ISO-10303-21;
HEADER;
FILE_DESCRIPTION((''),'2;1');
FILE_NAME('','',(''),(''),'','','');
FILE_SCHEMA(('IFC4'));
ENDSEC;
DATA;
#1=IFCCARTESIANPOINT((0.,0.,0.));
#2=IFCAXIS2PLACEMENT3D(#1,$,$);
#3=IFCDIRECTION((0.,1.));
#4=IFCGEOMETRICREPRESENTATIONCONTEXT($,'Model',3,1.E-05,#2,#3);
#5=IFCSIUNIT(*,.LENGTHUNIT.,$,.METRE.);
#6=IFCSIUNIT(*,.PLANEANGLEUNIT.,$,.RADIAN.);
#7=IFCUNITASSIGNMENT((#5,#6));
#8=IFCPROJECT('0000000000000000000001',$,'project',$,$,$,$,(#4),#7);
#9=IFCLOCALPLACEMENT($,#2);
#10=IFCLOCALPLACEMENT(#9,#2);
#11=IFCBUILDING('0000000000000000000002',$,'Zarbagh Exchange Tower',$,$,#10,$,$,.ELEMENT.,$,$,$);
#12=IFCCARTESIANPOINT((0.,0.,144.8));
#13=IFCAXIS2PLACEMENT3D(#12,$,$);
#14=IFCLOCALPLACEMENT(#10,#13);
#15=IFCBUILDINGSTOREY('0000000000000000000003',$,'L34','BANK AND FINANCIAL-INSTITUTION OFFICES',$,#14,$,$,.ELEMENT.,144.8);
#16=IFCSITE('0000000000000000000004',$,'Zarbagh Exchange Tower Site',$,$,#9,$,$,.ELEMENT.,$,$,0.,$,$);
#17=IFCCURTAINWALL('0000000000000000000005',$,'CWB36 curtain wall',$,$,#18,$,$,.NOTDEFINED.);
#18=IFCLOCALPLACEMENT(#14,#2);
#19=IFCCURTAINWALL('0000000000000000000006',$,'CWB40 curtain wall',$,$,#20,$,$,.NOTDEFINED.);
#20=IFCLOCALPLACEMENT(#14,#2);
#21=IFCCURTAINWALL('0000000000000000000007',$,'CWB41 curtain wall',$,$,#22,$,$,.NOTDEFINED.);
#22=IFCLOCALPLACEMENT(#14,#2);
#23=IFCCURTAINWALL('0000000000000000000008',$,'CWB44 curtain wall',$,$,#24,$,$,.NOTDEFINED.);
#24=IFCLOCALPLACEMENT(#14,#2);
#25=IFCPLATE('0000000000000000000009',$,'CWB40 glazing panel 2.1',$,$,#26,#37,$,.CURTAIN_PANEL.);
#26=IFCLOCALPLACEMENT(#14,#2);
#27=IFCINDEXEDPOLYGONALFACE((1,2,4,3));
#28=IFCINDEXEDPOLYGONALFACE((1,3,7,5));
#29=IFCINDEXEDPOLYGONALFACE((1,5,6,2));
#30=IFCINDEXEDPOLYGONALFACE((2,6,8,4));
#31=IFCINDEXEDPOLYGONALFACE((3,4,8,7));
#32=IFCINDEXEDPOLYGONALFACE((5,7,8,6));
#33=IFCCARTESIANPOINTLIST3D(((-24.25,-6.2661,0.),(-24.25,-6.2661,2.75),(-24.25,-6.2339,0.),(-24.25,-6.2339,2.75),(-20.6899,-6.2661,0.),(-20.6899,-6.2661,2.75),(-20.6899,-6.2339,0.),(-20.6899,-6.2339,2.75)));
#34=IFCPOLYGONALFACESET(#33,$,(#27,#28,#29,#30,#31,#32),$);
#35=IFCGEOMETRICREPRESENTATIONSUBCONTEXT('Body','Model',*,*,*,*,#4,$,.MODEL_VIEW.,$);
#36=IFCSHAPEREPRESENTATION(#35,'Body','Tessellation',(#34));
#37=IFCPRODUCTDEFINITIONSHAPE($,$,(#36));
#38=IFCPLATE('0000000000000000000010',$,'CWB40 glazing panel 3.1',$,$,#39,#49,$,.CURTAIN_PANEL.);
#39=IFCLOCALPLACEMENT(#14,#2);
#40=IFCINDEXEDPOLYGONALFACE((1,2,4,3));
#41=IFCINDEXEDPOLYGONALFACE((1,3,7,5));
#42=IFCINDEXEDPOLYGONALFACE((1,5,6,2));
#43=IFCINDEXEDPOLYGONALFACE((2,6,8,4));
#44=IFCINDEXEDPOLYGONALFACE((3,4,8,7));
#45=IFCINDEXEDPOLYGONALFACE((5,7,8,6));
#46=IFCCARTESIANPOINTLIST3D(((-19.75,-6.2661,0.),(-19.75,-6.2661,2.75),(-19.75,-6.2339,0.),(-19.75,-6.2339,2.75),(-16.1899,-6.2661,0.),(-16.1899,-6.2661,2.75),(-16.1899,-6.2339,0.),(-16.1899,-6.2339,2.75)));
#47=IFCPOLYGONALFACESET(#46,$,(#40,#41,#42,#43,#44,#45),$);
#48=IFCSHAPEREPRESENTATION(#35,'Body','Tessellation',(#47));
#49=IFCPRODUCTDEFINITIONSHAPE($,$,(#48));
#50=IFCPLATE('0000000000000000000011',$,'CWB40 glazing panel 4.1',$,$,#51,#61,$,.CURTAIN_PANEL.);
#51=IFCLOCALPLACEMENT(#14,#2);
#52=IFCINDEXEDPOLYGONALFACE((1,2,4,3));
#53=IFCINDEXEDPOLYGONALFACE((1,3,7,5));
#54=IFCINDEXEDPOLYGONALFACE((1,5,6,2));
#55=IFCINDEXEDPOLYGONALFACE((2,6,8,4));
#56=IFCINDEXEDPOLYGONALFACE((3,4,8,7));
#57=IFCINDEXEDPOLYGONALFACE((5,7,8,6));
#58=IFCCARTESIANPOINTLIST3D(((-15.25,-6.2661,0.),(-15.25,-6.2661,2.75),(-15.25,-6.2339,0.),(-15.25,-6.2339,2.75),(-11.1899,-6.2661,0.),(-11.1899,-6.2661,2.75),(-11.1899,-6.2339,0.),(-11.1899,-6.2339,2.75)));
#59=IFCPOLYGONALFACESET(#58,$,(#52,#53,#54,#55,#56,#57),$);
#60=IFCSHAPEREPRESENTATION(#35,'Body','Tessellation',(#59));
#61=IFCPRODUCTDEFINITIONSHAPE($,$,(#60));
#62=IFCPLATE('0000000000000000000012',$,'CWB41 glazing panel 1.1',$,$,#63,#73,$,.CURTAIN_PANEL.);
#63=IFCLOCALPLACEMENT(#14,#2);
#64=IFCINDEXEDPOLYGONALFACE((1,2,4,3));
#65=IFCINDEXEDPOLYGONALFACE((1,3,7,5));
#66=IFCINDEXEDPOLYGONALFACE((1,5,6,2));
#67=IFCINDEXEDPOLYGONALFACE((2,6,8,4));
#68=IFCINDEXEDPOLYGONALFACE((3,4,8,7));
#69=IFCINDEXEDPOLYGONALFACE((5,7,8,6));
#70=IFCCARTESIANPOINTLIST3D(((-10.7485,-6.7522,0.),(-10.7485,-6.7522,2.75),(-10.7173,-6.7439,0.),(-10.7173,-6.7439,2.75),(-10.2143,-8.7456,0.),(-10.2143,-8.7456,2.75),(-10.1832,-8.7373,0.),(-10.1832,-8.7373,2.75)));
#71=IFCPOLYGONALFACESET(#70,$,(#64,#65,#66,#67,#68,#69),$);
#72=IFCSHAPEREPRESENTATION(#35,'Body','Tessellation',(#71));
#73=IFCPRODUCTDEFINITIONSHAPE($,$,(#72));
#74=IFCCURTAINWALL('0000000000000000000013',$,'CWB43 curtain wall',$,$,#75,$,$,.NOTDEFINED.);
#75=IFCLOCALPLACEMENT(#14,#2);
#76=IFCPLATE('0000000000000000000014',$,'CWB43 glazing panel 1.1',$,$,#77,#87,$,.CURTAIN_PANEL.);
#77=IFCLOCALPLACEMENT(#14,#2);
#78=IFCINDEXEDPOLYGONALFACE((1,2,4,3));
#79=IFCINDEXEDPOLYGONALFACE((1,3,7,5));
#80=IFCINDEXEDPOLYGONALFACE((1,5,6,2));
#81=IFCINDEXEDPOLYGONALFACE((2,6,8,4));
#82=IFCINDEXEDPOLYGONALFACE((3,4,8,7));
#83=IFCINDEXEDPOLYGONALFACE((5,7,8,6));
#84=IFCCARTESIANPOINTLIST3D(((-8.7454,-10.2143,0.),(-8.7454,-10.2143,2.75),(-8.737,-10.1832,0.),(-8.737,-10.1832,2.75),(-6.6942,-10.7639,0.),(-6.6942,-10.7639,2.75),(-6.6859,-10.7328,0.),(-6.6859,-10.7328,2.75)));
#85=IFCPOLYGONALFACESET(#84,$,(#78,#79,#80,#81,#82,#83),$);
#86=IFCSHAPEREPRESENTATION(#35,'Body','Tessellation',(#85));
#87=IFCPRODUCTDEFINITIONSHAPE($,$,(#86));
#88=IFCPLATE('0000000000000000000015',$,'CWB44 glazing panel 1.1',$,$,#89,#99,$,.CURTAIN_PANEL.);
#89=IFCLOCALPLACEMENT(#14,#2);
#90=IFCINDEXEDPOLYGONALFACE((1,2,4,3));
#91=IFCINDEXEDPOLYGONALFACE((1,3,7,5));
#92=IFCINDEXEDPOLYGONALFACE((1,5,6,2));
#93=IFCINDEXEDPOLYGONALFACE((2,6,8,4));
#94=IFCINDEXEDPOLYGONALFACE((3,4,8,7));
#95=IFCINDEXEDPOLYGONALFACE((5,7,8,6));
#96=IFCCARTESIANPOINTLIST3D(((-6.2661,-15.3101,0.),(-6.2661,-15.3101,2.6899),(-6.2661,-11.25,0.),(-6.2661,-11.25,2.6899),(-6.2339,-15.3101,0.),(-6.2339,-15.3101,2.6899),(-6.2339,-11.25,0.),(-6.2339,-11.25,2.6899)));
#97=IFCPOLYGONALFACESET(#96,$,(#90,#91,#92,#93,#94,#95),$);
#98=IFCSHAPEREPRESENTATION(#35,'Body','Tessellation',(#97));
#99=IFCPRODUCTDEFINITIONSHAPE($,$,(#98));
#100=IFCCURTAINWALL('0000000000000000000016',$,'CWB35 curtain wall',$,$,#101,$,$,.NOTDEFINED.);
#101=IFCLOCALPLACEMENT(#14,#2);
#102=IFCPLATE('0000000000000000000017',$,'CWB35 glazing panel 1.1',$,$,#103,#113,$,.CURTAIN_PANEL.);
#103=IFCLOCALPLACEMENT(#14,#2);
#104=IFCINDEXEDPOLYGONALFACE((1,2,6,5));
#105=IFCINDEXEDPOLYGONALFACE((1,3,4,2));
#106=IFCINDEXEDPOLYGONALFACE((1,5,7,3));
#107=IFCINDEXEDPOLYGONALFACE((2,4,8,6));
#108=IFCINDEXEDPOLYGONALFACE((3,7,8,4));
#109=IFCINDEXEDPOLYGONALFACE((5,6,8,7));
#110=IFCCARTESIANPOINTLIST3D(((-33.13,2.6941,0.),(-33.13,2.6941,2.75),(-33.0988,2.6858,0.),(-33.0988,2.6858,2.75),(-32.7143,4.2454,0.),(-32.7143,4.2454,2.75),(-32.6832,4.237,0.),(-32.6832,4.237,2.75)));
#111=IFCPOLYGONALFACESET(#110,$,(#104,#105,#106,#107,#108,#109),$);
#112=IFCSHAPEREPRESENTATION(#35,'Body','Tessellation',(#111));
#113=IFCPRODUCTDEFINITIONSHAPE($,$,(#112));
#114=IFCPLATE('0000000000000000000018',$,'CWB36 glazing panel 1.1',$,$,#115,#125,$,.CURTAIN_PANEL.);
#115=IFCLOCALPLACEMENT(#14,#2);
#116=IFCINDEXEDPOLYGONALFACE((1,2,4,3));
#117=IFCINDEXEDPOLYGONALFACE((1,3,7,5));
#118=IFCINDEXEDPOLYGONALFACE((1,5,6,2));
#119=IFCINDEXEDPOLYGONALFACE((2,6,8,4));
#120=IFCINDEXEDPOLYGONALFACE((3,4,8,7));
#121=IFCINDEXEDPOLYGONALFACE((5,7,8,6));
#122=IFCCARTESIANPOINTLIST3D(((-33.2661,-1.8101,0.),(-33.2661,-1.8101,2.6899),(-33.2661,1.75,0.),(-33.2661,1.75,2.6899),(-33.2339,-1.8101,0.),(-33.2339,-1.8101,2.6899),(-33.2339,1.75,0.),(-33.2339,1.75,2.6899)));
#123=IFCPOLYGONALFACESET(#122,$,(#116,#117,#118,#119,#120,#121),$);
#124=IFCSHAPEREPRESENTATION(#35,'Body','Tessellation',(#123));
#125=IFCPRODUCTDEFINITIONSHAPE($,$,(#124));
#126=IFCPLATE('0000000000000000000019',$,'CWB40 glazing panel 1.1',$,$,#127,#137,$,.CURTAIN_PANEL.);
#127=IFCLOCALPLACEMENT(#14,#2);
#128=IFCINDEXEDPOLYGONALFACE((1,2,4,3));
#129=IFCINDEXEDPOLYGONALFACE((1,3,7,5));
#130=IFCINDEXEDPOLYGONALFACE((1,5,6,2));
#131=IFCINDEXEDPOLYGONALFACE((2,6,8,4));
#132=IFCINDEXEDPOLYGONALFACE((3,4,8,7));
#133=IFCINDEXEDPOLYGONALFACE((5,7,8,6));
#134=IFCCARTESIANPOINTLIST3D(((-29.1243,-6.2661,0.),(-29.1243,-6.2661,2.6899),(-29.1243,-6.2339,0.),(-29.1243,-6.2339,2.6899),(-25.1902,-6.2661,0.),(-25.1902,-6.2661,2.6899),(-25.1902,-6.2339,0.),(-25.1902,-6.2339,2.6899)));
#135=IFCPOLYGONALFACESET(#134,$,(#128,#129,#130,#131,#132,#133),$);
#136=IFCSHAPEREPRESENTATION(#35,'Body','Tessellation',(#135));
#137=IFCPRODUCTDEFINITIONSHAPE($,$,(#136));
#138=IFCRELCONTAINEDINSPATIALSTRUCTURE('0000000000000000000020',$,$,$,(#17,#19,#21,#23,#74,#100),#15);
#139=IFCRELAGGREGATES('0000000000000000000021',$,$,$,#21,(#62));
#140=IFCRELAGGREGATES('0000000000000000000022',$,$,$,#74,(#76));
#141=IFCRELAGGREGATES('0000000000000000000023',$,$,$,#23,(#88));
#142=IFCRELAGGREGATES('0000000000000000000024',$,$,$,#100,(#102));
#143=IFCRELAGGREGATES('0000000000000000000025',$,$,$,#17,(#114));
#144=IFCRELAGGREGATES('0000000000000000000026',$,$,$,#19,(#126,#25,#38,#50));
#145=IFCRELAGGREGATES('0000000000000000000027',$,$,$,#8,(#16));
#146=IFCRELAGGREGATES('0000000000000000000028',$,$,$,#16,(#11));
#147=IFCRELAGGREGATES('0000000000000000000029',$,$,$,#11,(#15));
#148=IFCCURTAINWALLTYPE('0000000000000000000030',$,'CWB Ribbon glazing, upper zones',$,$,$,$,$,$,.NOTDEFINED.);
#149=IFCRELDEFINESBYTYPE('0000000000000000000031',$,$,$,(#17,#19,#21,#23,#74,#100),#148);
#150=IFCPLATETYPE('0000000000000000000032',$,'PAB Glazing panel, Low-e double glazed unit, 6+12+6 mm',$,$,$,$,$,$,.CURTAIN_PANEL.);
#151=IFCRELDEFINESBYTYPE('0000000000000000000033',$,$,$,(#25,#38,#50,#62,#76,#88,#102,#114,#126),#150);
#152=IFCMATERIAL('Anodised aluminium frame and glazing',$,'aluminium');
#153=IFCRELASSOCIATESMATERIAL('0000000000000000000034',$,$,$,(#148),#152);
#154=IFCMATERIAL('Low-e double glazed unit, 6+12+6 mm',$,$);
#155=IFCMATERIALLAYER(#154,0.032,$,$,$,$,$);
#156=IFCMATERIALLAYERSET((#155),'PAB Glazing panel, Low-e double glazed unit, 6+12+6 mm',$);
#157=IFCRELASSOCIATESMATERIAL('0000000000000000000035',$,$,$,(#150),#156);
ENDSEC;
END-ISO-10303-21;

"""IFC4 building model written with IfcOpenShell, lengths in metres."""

from ifc_helpers import new_model, si_unit, direction, frame, origin, place, context, subcontext, project, spatial, polyline, outline, extrude, source, transform, mapped, material, layer, layer_set, type_object, element, aggregate, save


model = new_model("IFC4")

# Units and contexts
model_context = context("Model", 3, precision=1e-05, world=origin(), true_north=direction((0.0, 1.0)))
body_context = subcontext(model_context, "Body", "Model", "MODEL_VIEW")
ifc_project = project(units=[si_unit("LENGTHUNIT", "METRE"), si_unit("PLANEANGLEUNIT", "RADIAN")], contexts=[model_context])

# Site, building, storey
site_placement = place(None, origin())
site = spatial("IfcSite", under=ifc_project, at=site_placement, Name="Zarbagh Exchange Tower Site", CompositionType="ELEMENT", RefElevation=0.0)
building_placement = place(site_placement, origin())
building = spatial("IfcBuilding", under=site, at=building_placement, Name="Zarbagh Exchange Tower", CompositionType="ELEMENT")
storey_placement = place(building_placement, frame((0.0, 0.0, 144.8)))
storey = spatial("IfcBuildingStorey", under=building, at=storey_placement, Name="L34", Description="BANK AND FINANCIAL-INSTITUTION OFFICES", CompositionType="ELEMENT", Elevation=144.8)

# Curtain wall
ifc_material_1 = material(Name="Anodised aluminium frame and glazing", Category="aluminium")
curtain_wall_type = type_object("IfcCurtainWallType", Name="CWB Ribbon glazing, upper zones", PredefinedType="NOTDEFINED", material=ifc_material_1)
curtain_wall_1_placement = place(storey_placement, origin())
curtain_wall_1 = element("IfcCurtainWall", 1, at=curtain_wall_1_placement, inside=storey, type_object=curtain_wall_type, Name="CWB36 curtain wall", PredefinedType="NOTDEFINED")
placement = place(storey_placement, origin())

# Curtain wall
curtain_wall_2_placement = place(storey_placement, origin())
curtain_wall_2 = element("IfcCurtainWall", 2, at=curtain_wall_2_placement, inside=storey, type_object=curtain_wall_type, Name="CWB40 curtain wall", PredefinedType="NOTDEFINED")

# Curtain wall
curtain_wall_3_placement = place(storey_placement, origin())
curtain_wall_3 = element("IfcCurtainWall", 3, at=curtain_wall_3_placement, inside=storey, type_object=curtain_wall_type, Name="CWB41 curtain wall", PredefinedType="NOTDEFINED")

# Curtain wall
curtain_wall_4_placement = place(storey_placement, origin())
curtain_wall_4 = element("IfcCurtainWall", 4, at=curtain_wall_4_placement, inside=storey, type_object=curtain_wall_type, Name="CWB44 curtain wall", PredefinedType="NOTDEFINED")

# Shared definitions
ifc_material_2 = material(Name="Low-e double glazed unit, 6+12+6 mm")
ifc_layer = layer(ifc_material_2, 0.032)
ifc_layer_set = layer_set([ifc_layer], Name="PAB Glazing panel, Low-e double glazed unit, 6+12+6 mm")
plate_type = type_object("IfcPlateType", Name="PAB Glazing panel, Low-e double glazed unit, 6+12+6 mm", PredefinedType="CURTAIN_PANEL", material=ifc_layer_set)

# Plates
shared_shape_1 = source(origin(), body_context, "Body", "SweptSolid", [
    extrude(outline(polyline([(0.0, -0.0161), (3.5601, -0.0161), (3.5601, 0.0161), (0.0, 0.0161), (0.0, -0.0161)])), origin(), (0.0, 0.0, 1.0), 2.75),
])
plate_1 = element("IfcPlate", 5, at=placement, type_object=plate_type, Name="CWB40 glazing panel 2.1", PredefinedType="CURTAIN_PANEL", context=body_context, shape_type="MappedRepresentation", body=[
    mapped(shared_shape_1, transform((-24.25, -6.25, 0.0), x_axis=(1.0, 0.0, 0.0), y_axis=(0.0, 1.0, 0.0), z_axis=(0.0, 0.0, 1.0))),
])
plate_2 = element("IfcPlate", 6, at=placement, type_object=plate_type, Name="CWB40 glazing panel 3.1", PredefinedType="CURTAIN_PANEL", context=body_context, shape_type="MappedRepresentation", body=[
    mapped(shared_shape_1, transform((-19.75, -6.25, 0.0), x_axis=(1.0, 0.0, 0.0), y_axis=(0.0, 1.0, 0.0), z_axis=(0.0, 0.0, 1.0))),
])
shared_shape_2 = source(origin(), body_context, "Body", "SweptSolid", [
    extrude(outline(polyline([(0.0, -0.0161), (4.0601, -0.0161), (4.0601, 0.0161), (0.0, 0.0161), (0.0, -0.0161)])), origin(), (0.0, 0.0, 1.0), 2.75),
])
plate_3 = element("IfcPlate", 7, at=placement, type_object=plate_type, Name="CWB40 glazing panel 4.1", PredefinedType="CURTAIN_PANEL", context=body_context, shape_type="MappedRepresentation", body=[
    mapped(shared_shape_2, transform((-15.25, -6.25, 0.0), x_axis=(1.0, 0.0, 0.0), y_axis=(0.0, 1.0, 0.0), z_axis=(0.0, 0.0, 1.0))),
])
shared_shape_3 = source(origin(), body_context, "Body", "SweptSolid", [
    extrude(outline(polyline([(0.0, -0.0161), (2.0637, -0.0161), (2.0637, 0.0161), (0.0, 0.0161), (0.0, -0.0161)])), origin(), (0.0, 0.0, 1.0), 2.75),
])
plate_4 = element("IfcPlate", 8, at=placement, type_object=plate_type, Name="CWB41 glazing panel 1.1", PredefinedType="CURTAIN_PANEL", context=body_context, shape_type="MappedRepresentation", body=[
    mapped(shared_shape_3, transform((-10.7329, -6.748, 0.0), x_axis=(0.258825, -0.965924, 0.0), y_axis=(0.965924, 0.258825, 0.0), z_axis=(0.0, 0.0, 1.0))),
])
aggregate(curtain_wall_3, [plate_4])

# Curtain wall, plate
curtain_wall_5_placement = place(storey_placement, origin())
curtain_wall_5 = element("IfcCurtainWall", 9, at=curtain_wall_5_placement, inside=storey, type_object=curtain_wall_type, Name="CWB43 curtain wall", PredefinedType="NOTDEFINED")
shared_shape_4 = source(origin(), body_context, "Body", "SweptSolid", [
    extrude(outline(polyline([(0.0, -0.0161), (2.1235, -0.0161), (2.1235, 0.0161), (0.0, 0.0161), (0.0, -0.0161)])), origin(), (0.0, 0.0, 1.0), 2.75),
])
plate_5 = element("IfcPlate", 10, at=placement, type_object=plate_type, Name="CWB43 glazing panel 1.1", PredefinedType="CURTAIN_PANEL", context=body_context, shape_type="MappedRepresentation", body=[
    mapped(shared_shape_4, transform((-8.7412, -10.1987, 0.0), x_axis=(0.965924, -0.258825, 0.0), y_axis=(0.258825, 0.965924, 0.0), z_axis=(0.0, 0.0, 1.0))),
])
aggregate(curtain_wall_5, [plate_5])

# Plate
shared_shape_5 = source(origin(), body_context, "Body", "SweptSolid", [
    extrude(outline(polyline([(0.0, -0.0161), (4.0601, -0.0161), (4.0601, 0.0161), (0.0, 0.0161), (0.0, -0.0161)])), origin(), (0.0, 0.0, 1.0), 2.6899),
])
plate_6 = element("IfcPlate", 11, at=placement, type_object=plate_type, Name="CWB44 glazing panel 1.1", PredefinedType="CURTAIN_PANEL", context=body_context, shape_type="MappedRepresentation", body=[
    mapped(shared_shape_5, transform((-6.25, -11.25, 0.0), x_axis=(0.0, -1.0, 0.0), y_axis=(1.0, 0.0, 0.0), z_axis=(0.0, 0.0, 1.0))),
])
aggregate(curtain_wall_4, [plate_6])

# Curtain wall, plate
curtain_wall_6_placement = place(storey_placement, origin())
curtain_wall_6 = element("IfcCurtainWall", 12, at=curtain_wall_6_placement, inside=storey, type_object=curtain_wall_type, Name="CWB35 curtain wall", PredefinedType="NOTDEFINED")
shared_shape_6 = source(origin(), body_context, "Body", "SweptSolid", [
    extrude(outline(polyline([(0.0, -0.0161), (1.606, -0.0161), (1.606, 0.0161), (0.0, 0.0161), (0.0, -0.0161)])), origin(), (0.0, 0.0, 1.0), 2.75),
])
plate_7 = element("IfcPlate", 13, at=placement, type_object=plate_type, Name="CWB35 glazing panel 1.1", PredefinedType="CURTAIN_PANEL", context=body_context, shape_type="MappedRepresentation", body=[
    mapped(shared_shape_6, transform((-32.6987, 4.2412, 0.0), x_axis=(-0.258825, -0.965924, 0.0), y_axis=(0.965924, -0.258825, 0.0), z_axis=(0.0, 0.0, 1.0))),
])
aggregate(curtain_wall_6, [plate_7])

# Plates
shared_shape_7 = source(origin(), body_context, "Body", "SweptSolid", [
    extrude(outline(polyline([(0.0, -0.0161), (3.5601, -0.0161), (3.5601, 0.0161), (0.0, 0.0161), (0.0, -0.0161)])), origin(), (0.0, 0.0, 1.0), 2.6899),
])
plate_8 = element("IfcPlate", 14, at=placement, type_object=plate_type, Name="CWB36 glazing panel 1.1", PredefinedType="CURTAIN_PANEL", context=body_context, shape_type="MappedRepresentation", body=[
    mapped(shared_shape_7, transform((-33.25, 1.75, 0.0), x_axis=(0.0, -1.0, 0.0), y_axis=(1.0, 0.0, 0.0), z_axis=(0.0, 0.0, 1.0))),
])
aggregate(curtain_wall_1, [plate_8])
shared_shape_8 = source(origin(), body_context, "Body", "SweptSolid", [
    extrude(outline(polyline([(0.0, -0.0161), (3.9341, -0.0161), (3.9341, 0.0161), (0.0, 0.0161), (0.0, -0.0161)])), origin(), (0.0, 0.0, 1.0), 2.6899),
])
plate_9 = element("IfcPlate", 15, at=placement, type_object=plate_type, Name="CWB40 glazing panel 1.1", PredefinedType="CURTAIN_PANEL", context=body_context, shape_type="MappedRepresentation", body=[
    mapped(shared_shape_8, transform((-29.1243, -6.25, 0.0), x_axis=(1.0, 0.0, 0.0), y_axis=(0.0, 1.0, 0.0), z_axis=(0.0, 0.0, 1.0))),
])
aggregate(curtain_wall_2, [plate_9, plate_1, plate_2, plate_3])

save(model, "model.ifc")
